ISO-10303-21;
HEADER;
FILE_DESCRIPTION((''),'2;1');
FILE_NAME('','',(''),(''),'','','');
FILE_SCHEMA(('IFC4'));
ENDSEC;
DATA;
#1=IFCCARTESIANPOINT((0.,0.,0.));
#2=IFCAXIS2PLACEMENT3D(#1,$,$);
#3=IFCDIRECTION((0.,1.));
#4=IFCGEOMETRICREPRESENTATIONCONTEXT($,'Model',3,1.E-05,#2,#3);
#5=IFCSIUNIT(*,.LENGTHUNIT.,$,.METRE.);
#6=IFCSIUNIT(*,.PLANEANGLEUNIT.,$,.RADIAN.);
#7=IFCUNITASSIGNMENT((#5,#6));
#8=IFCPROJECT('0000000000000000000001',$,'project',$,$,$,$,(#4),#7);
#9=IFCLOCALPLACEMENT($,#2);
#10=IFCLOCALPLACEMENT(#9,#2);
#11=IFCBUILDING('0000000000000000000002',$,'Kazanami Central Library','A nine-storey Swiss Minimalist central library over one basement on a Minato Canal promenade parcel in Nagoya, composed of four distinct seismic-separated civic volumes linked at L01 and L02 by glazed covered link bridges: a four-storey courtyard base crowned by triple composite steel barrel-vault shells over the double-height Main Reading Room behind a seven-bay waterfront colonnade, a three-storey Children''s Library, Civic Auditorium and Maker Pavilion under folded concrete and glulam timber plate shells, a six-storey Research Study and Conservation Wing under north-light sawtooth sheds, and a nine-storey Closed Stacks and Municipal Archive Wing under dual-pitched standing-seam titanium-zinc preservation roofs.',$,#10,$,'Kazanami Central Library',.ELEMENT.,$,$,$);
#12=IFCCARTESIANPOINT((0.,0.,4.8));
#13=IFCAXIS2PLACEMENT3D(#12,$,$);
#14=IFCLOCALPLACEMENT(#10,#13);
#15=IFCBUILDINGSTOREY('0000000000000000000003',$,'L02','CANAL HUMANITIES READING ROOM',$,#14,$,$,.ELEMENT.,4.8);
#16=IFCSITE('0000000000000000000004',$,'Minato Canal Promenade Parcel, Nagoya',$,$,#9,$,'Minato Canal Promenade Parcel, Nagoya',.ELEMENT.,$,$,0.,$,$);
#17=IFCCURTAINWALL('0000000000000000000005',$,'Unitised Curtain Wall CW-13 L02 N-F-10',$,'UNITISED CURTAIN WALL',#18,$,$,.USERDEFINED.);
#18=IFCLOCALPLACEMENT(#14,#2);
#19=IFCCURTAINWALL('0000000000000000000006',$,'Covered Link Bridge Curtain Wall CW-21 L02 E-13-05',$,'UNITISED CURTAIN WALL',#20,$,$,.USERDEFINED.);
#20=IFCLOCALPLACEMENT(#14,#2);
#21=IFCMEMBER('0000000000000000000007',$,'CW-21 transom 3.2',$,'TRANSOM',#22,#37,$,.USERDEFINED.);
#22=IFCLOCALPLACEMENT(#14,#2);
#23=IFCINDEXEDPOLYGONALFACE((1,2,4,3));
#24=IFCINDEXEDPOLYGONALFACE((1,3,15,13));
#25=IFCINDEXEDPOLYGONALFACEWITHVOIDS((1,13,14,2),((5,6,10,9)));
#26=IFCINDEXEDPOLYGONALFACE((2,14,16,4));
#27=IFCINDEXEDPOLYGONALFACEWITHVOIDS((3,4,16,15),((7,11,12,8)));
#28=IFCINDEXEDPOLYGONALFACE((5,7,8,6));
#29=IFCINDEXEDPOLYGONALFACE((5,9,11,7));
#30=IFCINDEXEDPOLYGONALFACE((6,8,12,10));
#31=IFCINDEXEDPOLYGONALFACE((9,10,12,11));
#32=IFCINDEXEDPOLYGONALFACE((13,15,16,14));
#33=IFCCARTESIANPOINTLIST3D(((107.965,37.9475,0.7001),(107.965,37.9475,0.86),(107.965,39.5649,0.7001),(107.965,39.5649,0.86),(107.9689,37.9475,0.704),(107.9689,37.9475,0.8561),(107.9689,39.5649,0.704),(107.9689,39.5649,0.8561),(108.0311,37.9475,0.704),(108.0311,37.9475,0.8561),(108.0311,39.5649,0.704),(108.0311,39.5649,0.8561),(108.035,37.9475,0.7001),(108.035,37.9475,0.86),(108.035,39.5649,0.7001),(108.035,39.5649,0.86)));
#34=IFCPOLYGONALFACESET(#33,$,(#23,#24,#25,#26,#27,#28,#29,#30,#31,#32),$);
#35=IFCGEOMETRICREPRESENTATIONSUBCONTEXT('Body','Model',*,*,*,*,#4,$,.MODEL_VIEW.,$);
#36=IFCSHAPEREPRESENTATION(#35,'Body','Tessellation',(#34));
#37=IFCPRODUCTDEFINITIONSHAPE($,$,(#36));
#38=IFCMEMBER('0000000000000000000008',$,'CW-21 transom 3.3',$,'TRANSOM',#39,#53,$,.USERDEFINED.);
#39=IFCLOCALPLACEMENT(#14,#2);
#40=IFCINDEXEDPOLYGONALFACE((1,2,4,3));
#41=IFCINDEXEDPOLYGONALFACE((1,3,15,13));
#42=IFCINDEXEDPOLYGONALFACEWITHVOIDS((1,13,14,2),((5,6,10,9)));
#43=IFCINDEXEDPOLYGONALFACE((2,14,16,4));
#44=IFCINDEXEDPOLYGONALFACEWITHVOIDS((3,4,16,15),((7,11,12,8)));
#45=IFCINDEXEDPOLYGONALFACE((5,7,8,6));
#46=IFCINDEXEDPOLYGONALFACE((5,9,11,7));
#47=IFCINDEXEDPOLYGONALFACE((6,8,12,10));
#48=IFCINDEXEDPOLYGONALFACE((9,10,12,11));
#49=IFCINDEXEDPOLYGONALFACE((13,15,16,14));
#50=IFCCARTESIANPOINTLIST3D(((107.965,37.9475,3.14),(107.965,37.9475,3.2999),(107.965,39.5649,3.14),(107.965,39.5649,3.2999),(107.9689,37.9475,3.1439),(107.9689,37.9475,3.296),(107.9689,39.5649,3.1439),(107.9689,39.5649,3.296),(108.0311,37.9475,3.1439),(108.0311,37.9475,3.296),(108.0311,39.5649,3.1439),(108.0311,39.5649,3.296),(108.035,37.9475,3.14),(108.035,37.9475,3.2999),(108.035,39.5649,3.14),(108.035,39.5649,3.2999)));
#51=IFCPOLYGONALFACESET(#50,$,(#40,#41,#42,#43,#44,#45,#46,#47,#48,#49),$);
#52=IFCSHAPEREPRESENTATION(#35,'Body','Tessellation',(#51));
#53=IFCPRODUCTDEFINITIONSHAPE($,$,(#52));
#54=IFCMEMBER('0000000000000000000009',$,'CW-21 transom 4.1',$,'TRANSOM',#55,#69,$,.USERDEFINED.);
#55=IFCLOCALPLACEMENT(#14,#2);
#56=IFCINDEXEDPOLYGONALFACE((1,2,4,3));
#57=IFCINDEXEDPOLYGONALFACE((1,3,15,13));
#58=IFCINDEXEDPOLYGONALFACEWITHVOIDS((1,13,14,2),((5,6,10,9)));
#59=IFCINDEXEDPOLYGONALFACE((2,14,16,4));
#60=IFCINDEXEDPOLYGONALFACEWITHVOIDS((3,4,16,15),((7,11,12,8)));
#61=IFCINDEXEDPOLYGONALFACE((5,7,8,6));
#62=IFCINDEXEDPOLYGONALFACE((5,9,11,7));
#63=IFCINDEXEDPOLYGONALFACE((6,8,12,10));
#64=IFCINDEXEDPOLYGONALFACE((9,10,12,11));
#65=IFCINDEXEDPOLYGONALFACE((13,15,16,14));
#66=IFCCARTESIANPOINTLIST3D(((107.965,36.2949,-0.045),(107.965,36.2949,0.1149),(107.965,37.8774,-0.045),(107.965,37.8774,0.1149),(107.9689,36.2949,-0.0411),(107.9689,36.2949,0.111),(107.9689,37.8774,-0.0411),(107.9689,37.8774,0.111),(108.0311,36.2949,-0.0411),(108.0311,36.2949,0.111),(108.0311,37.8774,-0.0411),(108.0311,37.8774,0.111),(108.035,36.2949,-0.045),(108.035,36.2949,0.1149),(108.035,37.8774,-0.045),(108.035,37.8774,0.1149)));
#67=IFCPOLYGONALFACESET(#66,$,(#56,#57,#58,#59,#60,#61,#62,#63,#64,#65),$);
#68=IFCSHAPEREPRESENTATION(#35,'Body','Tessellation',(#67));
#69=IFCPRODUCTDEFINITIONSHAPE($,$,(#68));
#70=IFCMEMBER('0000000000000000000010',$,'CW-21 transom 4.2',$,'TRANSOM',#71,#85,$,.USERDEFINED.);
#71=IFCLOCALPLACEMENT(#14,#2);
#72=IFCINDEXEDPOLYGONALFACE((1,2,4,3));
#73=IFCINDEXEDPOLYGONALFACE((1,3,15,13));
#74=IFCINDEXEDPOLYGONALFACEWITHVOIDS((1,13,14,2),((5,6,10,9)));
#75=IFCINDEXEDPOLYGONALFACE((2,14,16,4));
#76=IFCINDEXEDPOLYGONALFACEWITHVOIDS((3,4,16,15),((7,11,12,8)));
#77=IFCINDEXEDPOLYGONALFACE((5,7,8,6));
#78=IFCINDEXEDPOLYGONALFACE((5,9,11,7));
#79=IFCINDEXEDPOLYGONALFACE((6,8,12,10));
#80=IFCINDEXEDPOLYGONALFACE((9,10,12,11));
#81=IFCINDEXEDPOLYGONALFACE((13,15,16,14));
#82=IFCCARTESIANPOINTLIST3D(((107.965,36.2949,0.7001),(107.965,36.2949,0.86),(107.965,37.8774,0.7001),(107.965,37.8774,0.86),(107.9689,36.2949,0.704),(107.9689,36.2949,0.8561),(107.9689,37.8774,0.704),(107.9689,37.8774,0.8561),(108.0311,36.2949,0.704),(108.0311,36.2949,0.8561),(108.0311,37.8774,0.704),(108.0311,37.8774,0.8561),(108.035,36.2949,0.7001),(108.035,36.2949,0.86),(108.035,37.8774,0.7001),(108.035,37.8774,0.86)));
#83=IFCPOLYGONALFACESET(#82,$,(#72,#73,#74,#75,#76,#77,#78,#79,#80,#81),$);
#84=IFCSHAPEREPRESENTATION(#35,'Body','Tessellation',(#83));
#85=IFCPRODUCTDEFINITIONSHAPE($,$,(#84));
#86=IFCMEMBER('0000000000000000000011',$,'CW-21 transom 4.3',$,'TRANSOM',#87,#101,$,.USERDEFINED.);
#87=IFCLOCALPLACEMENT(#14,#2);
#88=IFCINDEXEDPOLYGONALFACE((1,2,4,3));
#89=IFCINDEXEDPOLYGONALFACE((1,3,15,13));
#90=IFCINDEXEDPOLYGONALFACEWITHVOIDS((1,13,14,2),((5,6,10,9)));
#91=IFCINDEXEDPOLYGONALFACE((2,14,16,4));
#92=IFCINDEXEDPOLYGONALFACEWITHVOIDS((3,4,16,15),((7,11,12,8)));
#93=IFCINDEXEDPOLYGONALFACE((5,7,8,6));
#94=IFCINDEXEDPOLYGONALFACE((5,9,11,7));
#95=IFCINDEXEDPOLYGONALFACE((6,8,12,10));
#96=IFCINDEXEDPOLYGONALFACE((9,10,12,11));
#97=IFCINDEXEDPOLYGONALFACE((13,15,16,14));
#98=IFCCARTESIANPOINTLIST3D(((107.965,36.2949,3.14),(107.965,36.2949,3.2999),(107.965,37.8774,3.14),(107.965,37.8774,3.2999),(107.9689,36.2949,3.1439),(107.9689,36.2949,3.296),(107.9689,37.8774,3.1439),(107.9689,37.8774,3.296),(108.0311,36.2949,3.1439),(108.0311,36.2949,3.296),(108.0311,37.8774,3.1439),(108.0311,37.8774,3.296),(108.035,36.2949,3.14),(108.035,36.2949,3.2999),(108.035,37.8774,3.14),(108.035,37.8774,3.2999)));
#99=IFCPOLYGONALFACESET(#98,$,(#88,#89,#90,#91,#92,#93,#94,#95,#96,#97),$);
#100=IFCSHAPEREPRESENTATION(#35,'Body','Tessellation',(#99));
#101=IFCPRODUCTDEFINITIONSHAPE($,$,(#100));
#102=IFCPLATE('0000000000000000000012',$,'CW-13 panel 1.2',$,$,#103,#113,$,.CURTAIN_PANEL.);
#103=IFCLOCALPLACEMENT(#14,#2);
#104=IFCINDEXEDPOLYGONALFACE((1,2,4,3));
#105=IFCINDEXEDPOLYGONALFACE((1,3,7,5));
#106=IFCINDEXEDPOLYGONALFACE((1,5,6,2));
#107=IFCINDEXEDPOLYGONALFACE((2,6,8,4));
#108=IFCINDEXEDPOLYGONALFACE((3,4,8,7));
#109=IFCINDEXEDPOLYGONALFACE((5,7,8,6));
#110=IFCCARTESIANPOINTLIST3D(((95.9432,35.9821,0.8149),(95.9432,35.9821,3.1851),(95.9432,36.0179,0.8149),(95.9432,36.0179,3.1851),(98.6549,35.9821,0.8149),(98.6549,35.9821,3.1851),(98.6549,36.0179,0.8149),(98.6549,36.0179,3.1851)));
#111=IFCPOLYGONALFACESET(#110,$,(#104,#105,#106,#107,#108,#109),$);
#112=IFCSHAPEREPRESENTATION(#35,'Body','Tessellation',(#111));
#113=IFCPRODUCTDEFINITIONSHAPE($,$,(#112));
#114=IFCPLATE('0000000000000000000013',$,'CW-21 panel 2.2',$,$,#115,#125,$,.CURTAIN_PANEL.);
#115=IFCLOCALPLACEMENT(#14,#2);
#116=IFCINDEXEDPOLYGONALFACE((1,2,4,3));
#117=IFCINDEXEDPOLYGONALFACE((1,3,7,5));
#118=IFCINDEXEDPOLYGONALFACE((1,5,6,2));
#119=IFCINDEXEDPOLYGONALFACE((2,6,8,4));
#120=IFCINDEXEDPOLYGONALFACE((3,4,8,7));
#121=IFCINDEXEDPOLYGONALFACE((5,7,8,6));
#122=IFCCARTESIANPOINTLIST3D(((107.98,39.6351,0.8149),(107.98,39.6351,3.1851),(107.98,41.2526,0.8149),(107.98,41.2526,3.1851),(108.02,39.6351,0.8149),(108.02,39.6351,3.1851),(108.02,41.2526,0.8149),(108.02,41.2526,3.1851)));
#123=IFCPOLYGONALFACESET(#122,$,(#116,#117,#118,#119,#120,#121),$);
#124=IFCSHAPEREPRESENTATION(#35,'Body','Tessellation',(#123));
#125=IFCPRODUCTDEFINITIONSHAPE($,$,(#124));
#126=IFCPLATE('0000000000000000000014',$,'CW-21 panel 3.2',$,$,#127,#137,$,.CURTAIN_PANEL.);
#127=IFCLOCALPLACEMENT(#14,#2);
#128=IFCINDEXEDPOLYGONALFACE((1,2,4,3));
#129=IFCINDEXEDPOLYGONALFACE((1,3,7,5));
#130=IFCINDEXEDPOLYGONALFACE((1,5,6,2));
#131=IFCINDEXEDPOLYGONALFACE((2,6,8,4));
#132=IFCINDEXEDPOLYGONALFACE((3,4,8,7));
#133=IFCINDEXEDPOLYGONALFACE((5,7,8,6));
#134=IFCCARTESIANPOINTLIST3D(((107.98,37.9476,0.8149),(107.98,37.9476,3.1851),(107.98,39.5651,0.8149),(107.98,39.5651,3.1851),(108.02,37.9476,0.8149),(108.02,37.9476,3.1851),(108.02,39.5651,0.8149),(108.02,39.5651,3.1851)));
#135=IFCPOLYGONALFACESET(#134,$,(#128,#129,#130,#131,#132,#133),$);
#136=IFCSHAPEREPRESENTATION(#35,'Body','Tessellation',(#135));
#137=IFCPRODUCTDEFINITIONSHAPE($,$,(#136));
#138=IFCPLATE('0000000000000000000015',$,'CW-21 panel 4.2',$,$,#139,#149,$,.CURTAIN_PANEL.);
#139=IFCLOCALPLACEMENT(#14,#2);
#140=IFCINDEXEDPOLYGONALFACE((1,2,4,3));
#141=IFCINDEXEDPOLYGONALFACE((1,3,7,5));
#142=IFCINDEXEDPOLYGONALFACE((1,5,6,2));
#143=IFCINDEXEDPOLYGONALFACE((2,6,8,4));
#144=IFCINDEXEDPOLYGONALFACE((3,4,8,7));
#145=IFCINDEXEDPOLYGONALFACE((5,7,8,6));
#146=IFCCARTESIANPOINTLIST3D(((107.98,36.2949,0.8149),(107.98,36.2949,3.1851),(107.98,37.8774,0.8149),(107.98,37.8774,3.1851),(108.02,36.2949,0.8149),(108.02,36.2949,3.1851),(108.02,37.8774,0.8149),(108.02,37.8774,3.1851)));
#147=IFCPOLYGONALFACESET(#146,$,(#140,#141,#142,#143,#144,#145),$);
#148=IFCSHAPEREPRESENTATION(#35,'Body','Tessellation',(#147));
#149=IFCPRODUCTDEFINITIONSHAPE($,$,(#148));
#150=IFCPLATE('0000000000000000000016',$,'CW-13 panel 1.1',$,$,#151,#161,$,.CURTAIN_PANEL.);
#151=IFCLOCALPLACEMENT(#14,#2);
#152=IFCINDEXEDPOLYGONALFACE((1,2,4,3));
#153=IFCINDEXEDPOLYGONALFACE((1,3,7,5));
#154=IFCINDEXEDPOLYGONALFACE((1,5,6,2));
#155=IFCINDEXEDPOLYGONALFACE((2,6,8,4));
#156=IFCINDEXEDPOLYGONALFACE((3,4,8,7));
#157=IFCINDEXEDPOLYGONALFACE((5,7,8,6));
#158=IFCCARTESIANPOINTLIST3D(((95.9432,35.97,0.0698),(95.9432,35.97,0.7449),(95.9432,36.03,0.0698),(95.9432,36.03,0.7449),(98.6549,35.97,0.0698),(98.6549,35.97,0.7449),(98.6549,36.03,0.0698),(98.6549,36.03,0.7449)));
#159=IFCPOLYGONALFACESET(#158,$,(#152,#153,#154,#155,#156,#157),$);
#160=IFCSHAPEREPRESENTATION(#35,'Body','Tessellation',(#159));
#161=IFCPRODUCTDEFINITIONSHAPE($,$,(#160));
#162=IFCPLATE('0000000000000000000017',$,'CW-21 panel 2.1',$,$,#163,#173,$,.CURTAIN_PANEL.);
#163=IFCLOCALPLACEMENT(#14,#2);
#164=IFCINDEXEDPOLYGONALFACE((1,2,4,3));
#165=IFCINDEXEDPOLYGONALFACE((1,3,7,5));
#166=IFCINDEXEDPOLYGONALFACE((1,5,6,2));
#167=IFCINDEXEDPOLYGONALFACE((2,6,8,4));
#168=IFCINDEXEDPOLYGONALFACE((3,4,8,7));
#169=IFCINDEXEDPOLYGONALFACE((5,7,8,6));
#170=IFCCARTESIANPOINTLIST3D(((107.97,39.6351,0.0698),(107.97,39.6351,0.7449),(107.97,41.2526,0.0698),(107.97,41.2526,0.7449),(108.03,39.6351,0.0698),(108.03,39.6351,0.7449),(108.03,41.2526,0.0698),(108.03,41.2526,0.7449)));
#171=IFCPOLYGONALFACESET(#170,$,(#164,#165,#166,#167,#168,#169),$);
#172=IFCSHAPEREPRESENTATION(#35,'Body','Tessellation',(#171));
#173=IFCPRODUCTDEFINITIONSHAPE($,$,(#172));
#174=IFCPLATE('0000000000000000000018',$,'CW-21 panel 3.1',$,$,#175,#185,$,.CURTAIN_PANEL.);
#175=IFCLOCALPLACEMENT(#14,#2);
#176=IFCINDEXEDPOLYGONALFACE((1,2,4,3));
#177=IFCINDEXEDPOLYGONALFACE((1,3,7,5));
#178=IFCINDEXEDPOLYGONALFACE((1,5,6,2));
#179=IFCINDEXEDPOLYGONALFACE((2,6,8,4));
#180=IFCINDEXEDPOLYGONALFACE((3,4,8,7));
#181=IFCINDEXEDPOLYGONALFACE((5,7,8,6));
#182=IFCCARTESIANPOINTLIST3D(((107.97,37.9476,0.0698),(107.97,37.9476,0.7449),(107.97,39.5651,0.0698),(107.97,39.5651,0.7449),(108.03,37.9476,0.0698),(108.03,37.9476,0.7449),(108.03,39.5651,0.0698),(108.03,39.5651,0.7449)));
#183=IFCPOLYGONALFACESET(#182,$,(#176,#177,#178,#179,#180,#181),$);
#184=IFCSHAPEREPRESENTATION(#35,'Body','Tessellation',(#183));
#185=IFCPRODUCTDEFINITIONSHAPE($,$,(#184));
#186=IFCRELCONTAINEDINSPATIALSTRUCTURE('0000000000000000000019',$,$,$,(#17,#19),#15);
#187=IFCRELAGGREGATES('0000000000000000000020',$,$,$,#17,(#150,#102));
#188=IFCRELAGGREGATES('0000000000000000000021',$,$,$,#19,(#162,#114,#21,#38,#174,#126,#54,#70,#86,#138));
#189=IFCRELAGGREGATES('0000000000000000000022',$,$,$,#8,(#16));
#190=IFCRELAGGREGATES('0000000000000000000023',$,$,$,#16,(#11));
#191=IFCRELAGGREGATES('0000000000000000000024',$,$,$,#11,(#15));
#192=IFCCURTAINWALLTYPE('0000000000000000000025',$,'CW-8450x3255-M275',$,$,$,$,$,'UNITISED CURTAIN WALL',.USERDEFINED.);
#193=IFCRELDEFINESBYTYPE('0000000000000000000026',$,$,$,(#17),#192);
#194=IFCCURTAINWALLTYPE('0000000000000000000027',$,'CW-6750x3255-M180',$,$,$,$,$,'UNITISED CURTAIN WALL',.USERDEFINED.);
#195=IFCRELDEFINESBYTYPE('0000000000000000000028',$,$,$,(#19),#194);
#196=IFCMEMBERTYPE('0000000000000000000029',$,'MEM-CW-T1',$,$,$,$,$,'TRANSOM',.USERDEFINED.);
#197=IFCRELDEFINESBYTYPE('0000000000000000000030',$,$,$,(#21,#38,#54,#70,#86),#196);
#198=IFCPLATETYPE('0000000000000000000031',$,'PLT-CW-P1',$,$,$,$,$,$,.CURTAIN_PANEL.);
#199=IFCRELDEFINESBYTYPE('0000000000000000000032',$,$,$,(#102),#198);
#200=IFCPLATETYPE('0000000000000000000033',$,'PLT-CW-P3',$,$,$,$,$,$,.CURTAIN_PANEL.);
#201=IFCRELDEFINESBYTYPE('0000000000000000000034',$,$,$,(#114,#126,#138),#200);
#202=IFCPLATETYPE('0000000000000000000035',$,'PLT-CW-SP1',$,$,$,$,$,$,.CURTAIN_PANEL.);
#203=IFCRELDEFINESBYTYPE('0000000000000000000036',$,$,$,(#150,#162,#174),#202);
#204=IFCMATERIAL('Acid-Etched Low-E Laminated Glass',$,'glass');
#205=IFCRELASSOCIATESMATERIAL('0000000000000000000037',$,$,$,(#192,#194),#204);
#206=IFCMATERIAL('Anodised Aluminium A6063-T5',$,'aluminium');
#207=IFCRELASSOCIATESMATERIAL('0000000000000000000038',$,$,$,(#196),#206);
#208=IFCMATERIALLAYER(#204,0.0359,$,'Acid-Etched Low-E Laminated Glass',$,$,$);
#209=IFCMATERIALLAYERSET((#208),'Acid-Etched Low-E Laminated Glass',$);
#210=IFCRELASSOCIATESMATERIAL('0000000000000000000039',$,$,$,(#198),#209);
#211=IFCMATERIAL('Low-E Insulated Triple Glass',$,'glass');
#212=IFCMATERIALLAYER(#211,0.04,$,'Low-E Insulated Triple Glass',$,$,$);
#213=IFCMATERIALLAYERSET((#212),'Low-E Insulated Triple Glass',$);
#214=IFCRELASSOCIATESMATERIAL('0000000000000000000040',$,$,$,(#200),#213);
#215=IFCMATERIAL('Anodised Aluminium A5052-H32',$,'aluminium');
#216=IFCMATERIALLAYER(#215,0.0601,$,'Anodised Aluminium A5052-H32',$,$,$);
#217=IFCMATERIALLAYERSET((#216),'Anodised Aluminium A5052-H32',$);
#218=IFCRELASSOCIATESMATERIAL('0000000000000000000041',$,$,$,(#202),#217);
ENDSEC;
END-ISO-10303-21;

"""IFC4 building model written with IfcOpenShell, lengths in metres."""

from ifc_helpers import new_model, si_unit, direction, frame, origin, origin_2d, place, context, subcontext, project, spatial, rectangle, hollow_rectangle, extrude, material, layer, layer_set, material_profile, profile_set, type_object, element, aggregate, save


model = new_model("IFC4")

# Units and contexts
model_context = context("Model", 3, precision=1e-05, world=origin(), true_north=direction((0.0, 1.0)))
body_context = subcontext(model_context, "Body", "Model", "MODEL_VIEW")
ifc_project = project(units=[si_unit("LENGTHUNIT", "METRE"), si_unit("PLANEANGLEUNIT", "RADIAN")], contexts=[model_context])

# Site, building, storey
site_placement = place(None, origin())
site = spatial("IfcSite", under=ifc_project, at=site_placement, Name="Minato Canal Promenade Parcel, Nagoya", LongName="Minato Canal Promenade Parcel, Nagoya", CompositionType="ELEMENT", RefElevation=0.0)
building_placement = place(site_placement, origin())
building = spatial("IfcBuilding", under=site, at=building_placement, Name="Kazanami Central Library", Description="A nine-storey Swiss Minimalist central library over one basement on a Minato Canal promenade parcel in Nagoya, composed of four distinct seismic-separated civic volumes linked at L01 and L02 by glazed covered link bridges: a four-storey courtyard base crowned by triple composite steel barrel-vault shells over the double-height Main Reading Room behind a seven-bay waterfront colonnade, a three-storey Children's Library, Civic Auditorium and Maker Pavilion under folded concrete and glulam timber plate shells, a six-storey Research Study and Conservation Wing under north-light sawtooth sheds, and a nine-storey Closed Stacks and Municipal Archive Wing under dual-pitched standing-seam titanium-zinc preservation roofs.", LongName="Kazanami Central Library", CompositionType="ELEMENT")
storey_placement = place(building_placement, frame((0.0, 0.0, 4.8)))
storey = spatial("IfcBuildingStorey", under=building, at=storey_placement, Name="L02", Description="CANAL HUMANITIES READING ROOM", CompositionType="ELEMENT", Elevation=4.8)

# Curtain walls
ifc_material_1 = material(Name="Acid-Etched Low-E Laminated Glass", Category="glass")
curtain_wall_type_1 = type_object("IfcCurtainWallType", Name="CW-8450x3255-M275", ElementType="UNITISED CURTAIN WALL", PredefinedType="USERDEFINED", material=ifc_material_1)
curtain_wall_1_placement = place(storey_placement, origin())
curtain_wall_1 = element("IfcCurtainWall", 1, at=curtain_wall_1_placement, inside=storey, type_object=curtain_wall_type_1, Name="Unitised Curtain Wall CW-13 L02 N-F-10", ObjectType="UNITISED CURTAIN WALL", PredefinedType="USERDEFINED")
ifc_material_2 = material(Name="Anodised Aluminium A6063-T5", Category="aluminium")
curtain_wall_type_2 = type_object("IfcCurtainWallType", Name="CW-6750x3255-M180", ElementType="UNITISED CURTAIN WALL", PredefinedType="USERDEFINED", material=ifc_material_1)
curtain_wall_2_placement = place(storey_placement, origin())
curtain_wall_2 = element("IfcCurtainWall", 2, at=curtain_wall_2_placement, inside=storey, type_object=curtain_wall_type_2, Name="Covered Link Bridge Curtain Wall CW-21 L02 E-13-05", ObjectType="UNITISED CURTAIN WALL", PredefinedType="USERDEFINED")

# Members
ifc_material_profile_1 = material_profile(ifc_material_2, hollow_rectangle(XDim=0.0701, YDim=0.1599, WallThickness=0.0039, at=origin_2d()), Name="ALU-TRAN-70x160x4")
ifc_profile_set_1 = profile_set([ifc_material_profile_1], Name="Anodised Aluminium A6063-T5")
member_type_1 = type_object("IfcMemberType", Name="MEM-CW-T1", ElementType="TRANSOM", PredefinedType="USERDEFINED", material=ifc_profile_set_1)
member_1_placement = place(storey_placement, frame((108.0, 39.5649, 0.78), z_axis=(0.0, -1.0, 0.0), x_axis=(1.0, 0.0, 0.0)))
member_1 = element("IfcMember", 3, at=member_1_placement, type_object=member_type_1, Name="CW-21 transom 3.2", ObjectType="TRANSOM", PredefinedType="USERDEFINED", context=body_context, shape_type="SweptSolid", body=[
    extrude(hollow_rectangle(XDim=0.0701, YDim=0.1599, WallThickness=0.0039, at=origin_2d()), origin(), (0.0, 0.0, 1.0), 1.6174),
])
member_2_placement = place(storey_placement, frame((108.0, 39.5649, 3.22), z_axis=(0.0, -1.0, 0.0), x_axis=(1.0, 0.0, 0.0)))
member_2 = element("IfcMember", 4, at=member_2_placement, type_object=member_type_1, Name="CW-21 transom 3.3", ObjectType="TRANSOM", PredefinedType="USERDEFINED", context=body_context, shape_type="SweptSolid", body=[
    extrude(hollow_rectangle(XDim=0.0701, YDim=0.1599, WallThickness=0.0039, at=origin_2d()), origin(), (0.0, 0.0, 1.0), 1.6174),
])
member_3_placement = place(storey_placement, frame((108.0, 37.8774, 0.0349), z_axis=(0.0, -1.0, 0.0), x_axis=(1.0, 0.0, 0.0)))
member_3 = element("IfcMember", 5, at=member_3_placement, type_object=member_type_1, Name="CW-21 transom 4.1", ObjectType="TRANSOM", PredefinedType="USERDEFINED", context=body_context, shape_type="SweptSolid", body=[
    extrude(hollow_rectangle(XDim=0.0701, YDim=0.1599, WallThickness=0.0039, at=origin_2d()), origin(), (0.0, 0.0, 1.0), 1.5825),
])
member_4_placement = place(storey_placement, frame((108.0, 37.8774, 0.78), z_axis=(0.0, -1.0, 0.0), x_axis=(1.0, 0.0, 0.0)))
member_4 = element("IfcMember", 6, at=member_4_placement, type_object=member_type_1, Name="CW-21 transom 4.2", ObjectType="TRANSOM", PredefinedType="USERDEFINED", context=body_context, shape_type="SweptSolid", body=[
    extrude(hollow_rectangle(XDim=0.0701, YDim=0.1599, WallThickness=0.0039, at=origin_2d()), origin(), (0.0, 0.0, 1.0), 1.5825),
])
member_5_placement = place(storey_placement, frame((108.0, 37.8774, 3.22), z_axis=(0.0, -1.0, 0.0), x_axis=(1.0, 0.0, 0.0)))
member_5 = element("IfcMember", 7, at=member_5_placement, type_object=member_type_1, Name="CW-21 transom 4.3", ObjectType="TRANSOM", PredefinedType="USERDEFINED", context=body_context, shape_type="SweptSolid", body=[
    extrude(hollow_rectangle(XDim=0.0701, YDim=0.1599, WallThickness=0.0039, at=origin_2d()), origin(), (0.0, 0.0, 1.0), 1.5825),
])

# Plates
ifc_layer_1 = layer(ifc_material_1, 0.0359, Name="Acid-Etched Low-E Laminated Glass")
ifc_layer_set_1 = layer_set([ifc_layer_1], Name="Acid-Etched Low-E Laminated Glass")
plate_type_1 = type_object("IfcPlateType", Name="PLT-CW-P1", PredefinedType="CURTAIN_PANEL", material=ifc_layer_set_1)
plate_1_placement = place(storey_placement, frame((97.2991, 36.0, 0.8149), z_axis=(0.0, 0.0, 1.0), x_axis=(-1.0, 0.0, 0.0)))
plate_1 = element("IfcPlate", 8, at=plate_1_placement, type_object=plate_type_1, Name="CW-13 panel 1.2", PredefinedType="CURTAIN_PANEL", context=body_context, shape_type="SweptSolid", body=[
    extrude(rectangle(XDim=2.7117, YDim=0.0359, at=origin_2d()), origin(), (0.0, 0.0, 1.0), 2.3701),
])
ifc_material_3 = material(Name="Low-E Insulated Triple Glass", Category="glass")
ifc_layer_2 = layer(ifc_material_3, 0.04, Name="Low-E Insulated Triple Glass")
ifc_layer_set_2 = layer_set([ifc_layer_2], Name="Low-E Insulated Triple Glass")
plate_type_2 = type_object("IfcPlateType", Name="PLT-CW-P3", PredefinedType="CURTAIN_PANEL", material=ifc_layer_set_2)
plate_2_placement = place(storey_placement, frame((108.0, 40.4438, 0.8149), z_axis=(0.0, 0.0, 1.0), x_axis=(0.0, -1.0, 0.0)))
plate_2 = element("IfcPlate", 9, at=plate_2_placement, type_object=plate_type_2, Name="CW-21 panel 2.2", PredefinedType="CURTAIN_PANEL", context=body_context, shape_type="SweptSolid", body=[
    extrude(rectangle(XDim=1.6174, YDim=0.04, at=origin_2d()), origin(), (0.0, 0.0, 1.0), 2.3701),
])
plate_3_placement = place(storey_placement, frame((108.0, 38.7563, 0.8149), z_axis=(0.0, 0.0, 1.0), x_axis=(0.0, -1.0, 0.0)))
plate_3 = element("IfcPlate", 10, at=plate_3_placement, type_object=plate_type_2, Name="CW-21 panel 3.2", PredefinedType="CURTAIN_PANEL", context=body_context, shape_type="SweptSolid", body=[
    extrude(rectangle(XDim=1.6174, YDim=0.04, at=origin_2d()), origin(), (0.0, 0.0, 1.0), 2.3701),
])
plate_4_placement = place(storey_placement, frame((108.0, 37.0862, 0.8149), z_axis=(0.0, 0.0, 1.0), x_axis=(0.0, -1.0, 0.0)))
plate_4 = element("IfcPlate", 11, at=plate_4_placement, type_object=plate_type_2, Name="CW-21 panel 4.2", PredefinedType="CURTAIN_PANEL", context=body_context, shape_type="SweptSolid", body=[
    extrude(rectangle(XDim=1.5825, YDim=0.04, at=origin_2d()), origin(), (0.0, 0.0, 1.0), 2.3701),
])
ifc_material_4 = material(Name="Anodised Aluminium A5052-H32", Category="aluminium")
ifc_layer_3 = layer(ifc_material_4, 0.0601, Name="Anodised Aluminium A5052-H32")
ifc_layer_set_3 = layer_set([ifc_layer_3], Name="Anodised Aluminium A5052-H32")
plate_type_3 = type_object("IfcPlateType", Name="PLT-CW-SP1", PredefinedType="CURTAIN_PANEL", material=ifc_layer_set_3)
plate_5_placement = place(storey_placement, frame((97.2991, 36.0, 0.0698), z_axis=(0.0, 0.0, 1.0), x_axis=(-1.0, 0.0, 0.0)))
plate_5 = element("IfcPlate", 12, at=plate_5_placement, type_object=plate_type_3, Name="CW-13 panel 1.1", PredefinedType="CURTAIN_PANEL", context=body_context, shape_type="SweptSolid", body=[
    extrude(rectangle(XDim=2.7117, YDim=0.0601, at=origin_2d()), origin(), (0.0, 0.0, 1.0), 0.675),
])
aggregate(curtain_wall_1, [plate_5, plate_1])
plate_6_placement = place(storey_placement, frame((108.0, 40.4438, 0.0698), z_axis=(0.0, 0.0, 1.0), x_axis=(0.0, -1.0, 0.0)))
plate_6 = element("IfcPlate", 13, at=plate_6_placement, type_object=plate_type_3, Name="CW-21 panel 2.1", PredefinedType="CURTAIN_PANEL", context=body_context, shape_type="SweptSolid", body=[
    extrude(rectangle(XDim=1.6174, YDim=0.0601, at=origin_2d()), origin(), (0.0, 0.0, 1.0), 0.675),
])
plate_7_placement = place(storey_placement, frame((108.0, 38.7563, 0.0698), z_axis=(0.0, 0.0, 1.0), x_axis=(0.0, -1.0, 0.0)))
plate_7 = element("IfcPlate", 14, at=plate_7_placement, type_object=plate_type_3, Name="CW-21 panel 3.1", PredefinedType="CURTAIN_PANEL", context=body_context, shape_type="SweptSolid", body=[
    extrude(rectangle(XDim=1.6174, YDim=0.0601, at=origin_2d()), origin(), (0.0, 0.0, 1.0), 0.675),
])
aggregate(curtain_wall_2, [plate_6, plate_2, member_1, member_2, plate_7, plate_3, member_3, member_4, member_5, plate_4])

save(model, "model.ifc")
